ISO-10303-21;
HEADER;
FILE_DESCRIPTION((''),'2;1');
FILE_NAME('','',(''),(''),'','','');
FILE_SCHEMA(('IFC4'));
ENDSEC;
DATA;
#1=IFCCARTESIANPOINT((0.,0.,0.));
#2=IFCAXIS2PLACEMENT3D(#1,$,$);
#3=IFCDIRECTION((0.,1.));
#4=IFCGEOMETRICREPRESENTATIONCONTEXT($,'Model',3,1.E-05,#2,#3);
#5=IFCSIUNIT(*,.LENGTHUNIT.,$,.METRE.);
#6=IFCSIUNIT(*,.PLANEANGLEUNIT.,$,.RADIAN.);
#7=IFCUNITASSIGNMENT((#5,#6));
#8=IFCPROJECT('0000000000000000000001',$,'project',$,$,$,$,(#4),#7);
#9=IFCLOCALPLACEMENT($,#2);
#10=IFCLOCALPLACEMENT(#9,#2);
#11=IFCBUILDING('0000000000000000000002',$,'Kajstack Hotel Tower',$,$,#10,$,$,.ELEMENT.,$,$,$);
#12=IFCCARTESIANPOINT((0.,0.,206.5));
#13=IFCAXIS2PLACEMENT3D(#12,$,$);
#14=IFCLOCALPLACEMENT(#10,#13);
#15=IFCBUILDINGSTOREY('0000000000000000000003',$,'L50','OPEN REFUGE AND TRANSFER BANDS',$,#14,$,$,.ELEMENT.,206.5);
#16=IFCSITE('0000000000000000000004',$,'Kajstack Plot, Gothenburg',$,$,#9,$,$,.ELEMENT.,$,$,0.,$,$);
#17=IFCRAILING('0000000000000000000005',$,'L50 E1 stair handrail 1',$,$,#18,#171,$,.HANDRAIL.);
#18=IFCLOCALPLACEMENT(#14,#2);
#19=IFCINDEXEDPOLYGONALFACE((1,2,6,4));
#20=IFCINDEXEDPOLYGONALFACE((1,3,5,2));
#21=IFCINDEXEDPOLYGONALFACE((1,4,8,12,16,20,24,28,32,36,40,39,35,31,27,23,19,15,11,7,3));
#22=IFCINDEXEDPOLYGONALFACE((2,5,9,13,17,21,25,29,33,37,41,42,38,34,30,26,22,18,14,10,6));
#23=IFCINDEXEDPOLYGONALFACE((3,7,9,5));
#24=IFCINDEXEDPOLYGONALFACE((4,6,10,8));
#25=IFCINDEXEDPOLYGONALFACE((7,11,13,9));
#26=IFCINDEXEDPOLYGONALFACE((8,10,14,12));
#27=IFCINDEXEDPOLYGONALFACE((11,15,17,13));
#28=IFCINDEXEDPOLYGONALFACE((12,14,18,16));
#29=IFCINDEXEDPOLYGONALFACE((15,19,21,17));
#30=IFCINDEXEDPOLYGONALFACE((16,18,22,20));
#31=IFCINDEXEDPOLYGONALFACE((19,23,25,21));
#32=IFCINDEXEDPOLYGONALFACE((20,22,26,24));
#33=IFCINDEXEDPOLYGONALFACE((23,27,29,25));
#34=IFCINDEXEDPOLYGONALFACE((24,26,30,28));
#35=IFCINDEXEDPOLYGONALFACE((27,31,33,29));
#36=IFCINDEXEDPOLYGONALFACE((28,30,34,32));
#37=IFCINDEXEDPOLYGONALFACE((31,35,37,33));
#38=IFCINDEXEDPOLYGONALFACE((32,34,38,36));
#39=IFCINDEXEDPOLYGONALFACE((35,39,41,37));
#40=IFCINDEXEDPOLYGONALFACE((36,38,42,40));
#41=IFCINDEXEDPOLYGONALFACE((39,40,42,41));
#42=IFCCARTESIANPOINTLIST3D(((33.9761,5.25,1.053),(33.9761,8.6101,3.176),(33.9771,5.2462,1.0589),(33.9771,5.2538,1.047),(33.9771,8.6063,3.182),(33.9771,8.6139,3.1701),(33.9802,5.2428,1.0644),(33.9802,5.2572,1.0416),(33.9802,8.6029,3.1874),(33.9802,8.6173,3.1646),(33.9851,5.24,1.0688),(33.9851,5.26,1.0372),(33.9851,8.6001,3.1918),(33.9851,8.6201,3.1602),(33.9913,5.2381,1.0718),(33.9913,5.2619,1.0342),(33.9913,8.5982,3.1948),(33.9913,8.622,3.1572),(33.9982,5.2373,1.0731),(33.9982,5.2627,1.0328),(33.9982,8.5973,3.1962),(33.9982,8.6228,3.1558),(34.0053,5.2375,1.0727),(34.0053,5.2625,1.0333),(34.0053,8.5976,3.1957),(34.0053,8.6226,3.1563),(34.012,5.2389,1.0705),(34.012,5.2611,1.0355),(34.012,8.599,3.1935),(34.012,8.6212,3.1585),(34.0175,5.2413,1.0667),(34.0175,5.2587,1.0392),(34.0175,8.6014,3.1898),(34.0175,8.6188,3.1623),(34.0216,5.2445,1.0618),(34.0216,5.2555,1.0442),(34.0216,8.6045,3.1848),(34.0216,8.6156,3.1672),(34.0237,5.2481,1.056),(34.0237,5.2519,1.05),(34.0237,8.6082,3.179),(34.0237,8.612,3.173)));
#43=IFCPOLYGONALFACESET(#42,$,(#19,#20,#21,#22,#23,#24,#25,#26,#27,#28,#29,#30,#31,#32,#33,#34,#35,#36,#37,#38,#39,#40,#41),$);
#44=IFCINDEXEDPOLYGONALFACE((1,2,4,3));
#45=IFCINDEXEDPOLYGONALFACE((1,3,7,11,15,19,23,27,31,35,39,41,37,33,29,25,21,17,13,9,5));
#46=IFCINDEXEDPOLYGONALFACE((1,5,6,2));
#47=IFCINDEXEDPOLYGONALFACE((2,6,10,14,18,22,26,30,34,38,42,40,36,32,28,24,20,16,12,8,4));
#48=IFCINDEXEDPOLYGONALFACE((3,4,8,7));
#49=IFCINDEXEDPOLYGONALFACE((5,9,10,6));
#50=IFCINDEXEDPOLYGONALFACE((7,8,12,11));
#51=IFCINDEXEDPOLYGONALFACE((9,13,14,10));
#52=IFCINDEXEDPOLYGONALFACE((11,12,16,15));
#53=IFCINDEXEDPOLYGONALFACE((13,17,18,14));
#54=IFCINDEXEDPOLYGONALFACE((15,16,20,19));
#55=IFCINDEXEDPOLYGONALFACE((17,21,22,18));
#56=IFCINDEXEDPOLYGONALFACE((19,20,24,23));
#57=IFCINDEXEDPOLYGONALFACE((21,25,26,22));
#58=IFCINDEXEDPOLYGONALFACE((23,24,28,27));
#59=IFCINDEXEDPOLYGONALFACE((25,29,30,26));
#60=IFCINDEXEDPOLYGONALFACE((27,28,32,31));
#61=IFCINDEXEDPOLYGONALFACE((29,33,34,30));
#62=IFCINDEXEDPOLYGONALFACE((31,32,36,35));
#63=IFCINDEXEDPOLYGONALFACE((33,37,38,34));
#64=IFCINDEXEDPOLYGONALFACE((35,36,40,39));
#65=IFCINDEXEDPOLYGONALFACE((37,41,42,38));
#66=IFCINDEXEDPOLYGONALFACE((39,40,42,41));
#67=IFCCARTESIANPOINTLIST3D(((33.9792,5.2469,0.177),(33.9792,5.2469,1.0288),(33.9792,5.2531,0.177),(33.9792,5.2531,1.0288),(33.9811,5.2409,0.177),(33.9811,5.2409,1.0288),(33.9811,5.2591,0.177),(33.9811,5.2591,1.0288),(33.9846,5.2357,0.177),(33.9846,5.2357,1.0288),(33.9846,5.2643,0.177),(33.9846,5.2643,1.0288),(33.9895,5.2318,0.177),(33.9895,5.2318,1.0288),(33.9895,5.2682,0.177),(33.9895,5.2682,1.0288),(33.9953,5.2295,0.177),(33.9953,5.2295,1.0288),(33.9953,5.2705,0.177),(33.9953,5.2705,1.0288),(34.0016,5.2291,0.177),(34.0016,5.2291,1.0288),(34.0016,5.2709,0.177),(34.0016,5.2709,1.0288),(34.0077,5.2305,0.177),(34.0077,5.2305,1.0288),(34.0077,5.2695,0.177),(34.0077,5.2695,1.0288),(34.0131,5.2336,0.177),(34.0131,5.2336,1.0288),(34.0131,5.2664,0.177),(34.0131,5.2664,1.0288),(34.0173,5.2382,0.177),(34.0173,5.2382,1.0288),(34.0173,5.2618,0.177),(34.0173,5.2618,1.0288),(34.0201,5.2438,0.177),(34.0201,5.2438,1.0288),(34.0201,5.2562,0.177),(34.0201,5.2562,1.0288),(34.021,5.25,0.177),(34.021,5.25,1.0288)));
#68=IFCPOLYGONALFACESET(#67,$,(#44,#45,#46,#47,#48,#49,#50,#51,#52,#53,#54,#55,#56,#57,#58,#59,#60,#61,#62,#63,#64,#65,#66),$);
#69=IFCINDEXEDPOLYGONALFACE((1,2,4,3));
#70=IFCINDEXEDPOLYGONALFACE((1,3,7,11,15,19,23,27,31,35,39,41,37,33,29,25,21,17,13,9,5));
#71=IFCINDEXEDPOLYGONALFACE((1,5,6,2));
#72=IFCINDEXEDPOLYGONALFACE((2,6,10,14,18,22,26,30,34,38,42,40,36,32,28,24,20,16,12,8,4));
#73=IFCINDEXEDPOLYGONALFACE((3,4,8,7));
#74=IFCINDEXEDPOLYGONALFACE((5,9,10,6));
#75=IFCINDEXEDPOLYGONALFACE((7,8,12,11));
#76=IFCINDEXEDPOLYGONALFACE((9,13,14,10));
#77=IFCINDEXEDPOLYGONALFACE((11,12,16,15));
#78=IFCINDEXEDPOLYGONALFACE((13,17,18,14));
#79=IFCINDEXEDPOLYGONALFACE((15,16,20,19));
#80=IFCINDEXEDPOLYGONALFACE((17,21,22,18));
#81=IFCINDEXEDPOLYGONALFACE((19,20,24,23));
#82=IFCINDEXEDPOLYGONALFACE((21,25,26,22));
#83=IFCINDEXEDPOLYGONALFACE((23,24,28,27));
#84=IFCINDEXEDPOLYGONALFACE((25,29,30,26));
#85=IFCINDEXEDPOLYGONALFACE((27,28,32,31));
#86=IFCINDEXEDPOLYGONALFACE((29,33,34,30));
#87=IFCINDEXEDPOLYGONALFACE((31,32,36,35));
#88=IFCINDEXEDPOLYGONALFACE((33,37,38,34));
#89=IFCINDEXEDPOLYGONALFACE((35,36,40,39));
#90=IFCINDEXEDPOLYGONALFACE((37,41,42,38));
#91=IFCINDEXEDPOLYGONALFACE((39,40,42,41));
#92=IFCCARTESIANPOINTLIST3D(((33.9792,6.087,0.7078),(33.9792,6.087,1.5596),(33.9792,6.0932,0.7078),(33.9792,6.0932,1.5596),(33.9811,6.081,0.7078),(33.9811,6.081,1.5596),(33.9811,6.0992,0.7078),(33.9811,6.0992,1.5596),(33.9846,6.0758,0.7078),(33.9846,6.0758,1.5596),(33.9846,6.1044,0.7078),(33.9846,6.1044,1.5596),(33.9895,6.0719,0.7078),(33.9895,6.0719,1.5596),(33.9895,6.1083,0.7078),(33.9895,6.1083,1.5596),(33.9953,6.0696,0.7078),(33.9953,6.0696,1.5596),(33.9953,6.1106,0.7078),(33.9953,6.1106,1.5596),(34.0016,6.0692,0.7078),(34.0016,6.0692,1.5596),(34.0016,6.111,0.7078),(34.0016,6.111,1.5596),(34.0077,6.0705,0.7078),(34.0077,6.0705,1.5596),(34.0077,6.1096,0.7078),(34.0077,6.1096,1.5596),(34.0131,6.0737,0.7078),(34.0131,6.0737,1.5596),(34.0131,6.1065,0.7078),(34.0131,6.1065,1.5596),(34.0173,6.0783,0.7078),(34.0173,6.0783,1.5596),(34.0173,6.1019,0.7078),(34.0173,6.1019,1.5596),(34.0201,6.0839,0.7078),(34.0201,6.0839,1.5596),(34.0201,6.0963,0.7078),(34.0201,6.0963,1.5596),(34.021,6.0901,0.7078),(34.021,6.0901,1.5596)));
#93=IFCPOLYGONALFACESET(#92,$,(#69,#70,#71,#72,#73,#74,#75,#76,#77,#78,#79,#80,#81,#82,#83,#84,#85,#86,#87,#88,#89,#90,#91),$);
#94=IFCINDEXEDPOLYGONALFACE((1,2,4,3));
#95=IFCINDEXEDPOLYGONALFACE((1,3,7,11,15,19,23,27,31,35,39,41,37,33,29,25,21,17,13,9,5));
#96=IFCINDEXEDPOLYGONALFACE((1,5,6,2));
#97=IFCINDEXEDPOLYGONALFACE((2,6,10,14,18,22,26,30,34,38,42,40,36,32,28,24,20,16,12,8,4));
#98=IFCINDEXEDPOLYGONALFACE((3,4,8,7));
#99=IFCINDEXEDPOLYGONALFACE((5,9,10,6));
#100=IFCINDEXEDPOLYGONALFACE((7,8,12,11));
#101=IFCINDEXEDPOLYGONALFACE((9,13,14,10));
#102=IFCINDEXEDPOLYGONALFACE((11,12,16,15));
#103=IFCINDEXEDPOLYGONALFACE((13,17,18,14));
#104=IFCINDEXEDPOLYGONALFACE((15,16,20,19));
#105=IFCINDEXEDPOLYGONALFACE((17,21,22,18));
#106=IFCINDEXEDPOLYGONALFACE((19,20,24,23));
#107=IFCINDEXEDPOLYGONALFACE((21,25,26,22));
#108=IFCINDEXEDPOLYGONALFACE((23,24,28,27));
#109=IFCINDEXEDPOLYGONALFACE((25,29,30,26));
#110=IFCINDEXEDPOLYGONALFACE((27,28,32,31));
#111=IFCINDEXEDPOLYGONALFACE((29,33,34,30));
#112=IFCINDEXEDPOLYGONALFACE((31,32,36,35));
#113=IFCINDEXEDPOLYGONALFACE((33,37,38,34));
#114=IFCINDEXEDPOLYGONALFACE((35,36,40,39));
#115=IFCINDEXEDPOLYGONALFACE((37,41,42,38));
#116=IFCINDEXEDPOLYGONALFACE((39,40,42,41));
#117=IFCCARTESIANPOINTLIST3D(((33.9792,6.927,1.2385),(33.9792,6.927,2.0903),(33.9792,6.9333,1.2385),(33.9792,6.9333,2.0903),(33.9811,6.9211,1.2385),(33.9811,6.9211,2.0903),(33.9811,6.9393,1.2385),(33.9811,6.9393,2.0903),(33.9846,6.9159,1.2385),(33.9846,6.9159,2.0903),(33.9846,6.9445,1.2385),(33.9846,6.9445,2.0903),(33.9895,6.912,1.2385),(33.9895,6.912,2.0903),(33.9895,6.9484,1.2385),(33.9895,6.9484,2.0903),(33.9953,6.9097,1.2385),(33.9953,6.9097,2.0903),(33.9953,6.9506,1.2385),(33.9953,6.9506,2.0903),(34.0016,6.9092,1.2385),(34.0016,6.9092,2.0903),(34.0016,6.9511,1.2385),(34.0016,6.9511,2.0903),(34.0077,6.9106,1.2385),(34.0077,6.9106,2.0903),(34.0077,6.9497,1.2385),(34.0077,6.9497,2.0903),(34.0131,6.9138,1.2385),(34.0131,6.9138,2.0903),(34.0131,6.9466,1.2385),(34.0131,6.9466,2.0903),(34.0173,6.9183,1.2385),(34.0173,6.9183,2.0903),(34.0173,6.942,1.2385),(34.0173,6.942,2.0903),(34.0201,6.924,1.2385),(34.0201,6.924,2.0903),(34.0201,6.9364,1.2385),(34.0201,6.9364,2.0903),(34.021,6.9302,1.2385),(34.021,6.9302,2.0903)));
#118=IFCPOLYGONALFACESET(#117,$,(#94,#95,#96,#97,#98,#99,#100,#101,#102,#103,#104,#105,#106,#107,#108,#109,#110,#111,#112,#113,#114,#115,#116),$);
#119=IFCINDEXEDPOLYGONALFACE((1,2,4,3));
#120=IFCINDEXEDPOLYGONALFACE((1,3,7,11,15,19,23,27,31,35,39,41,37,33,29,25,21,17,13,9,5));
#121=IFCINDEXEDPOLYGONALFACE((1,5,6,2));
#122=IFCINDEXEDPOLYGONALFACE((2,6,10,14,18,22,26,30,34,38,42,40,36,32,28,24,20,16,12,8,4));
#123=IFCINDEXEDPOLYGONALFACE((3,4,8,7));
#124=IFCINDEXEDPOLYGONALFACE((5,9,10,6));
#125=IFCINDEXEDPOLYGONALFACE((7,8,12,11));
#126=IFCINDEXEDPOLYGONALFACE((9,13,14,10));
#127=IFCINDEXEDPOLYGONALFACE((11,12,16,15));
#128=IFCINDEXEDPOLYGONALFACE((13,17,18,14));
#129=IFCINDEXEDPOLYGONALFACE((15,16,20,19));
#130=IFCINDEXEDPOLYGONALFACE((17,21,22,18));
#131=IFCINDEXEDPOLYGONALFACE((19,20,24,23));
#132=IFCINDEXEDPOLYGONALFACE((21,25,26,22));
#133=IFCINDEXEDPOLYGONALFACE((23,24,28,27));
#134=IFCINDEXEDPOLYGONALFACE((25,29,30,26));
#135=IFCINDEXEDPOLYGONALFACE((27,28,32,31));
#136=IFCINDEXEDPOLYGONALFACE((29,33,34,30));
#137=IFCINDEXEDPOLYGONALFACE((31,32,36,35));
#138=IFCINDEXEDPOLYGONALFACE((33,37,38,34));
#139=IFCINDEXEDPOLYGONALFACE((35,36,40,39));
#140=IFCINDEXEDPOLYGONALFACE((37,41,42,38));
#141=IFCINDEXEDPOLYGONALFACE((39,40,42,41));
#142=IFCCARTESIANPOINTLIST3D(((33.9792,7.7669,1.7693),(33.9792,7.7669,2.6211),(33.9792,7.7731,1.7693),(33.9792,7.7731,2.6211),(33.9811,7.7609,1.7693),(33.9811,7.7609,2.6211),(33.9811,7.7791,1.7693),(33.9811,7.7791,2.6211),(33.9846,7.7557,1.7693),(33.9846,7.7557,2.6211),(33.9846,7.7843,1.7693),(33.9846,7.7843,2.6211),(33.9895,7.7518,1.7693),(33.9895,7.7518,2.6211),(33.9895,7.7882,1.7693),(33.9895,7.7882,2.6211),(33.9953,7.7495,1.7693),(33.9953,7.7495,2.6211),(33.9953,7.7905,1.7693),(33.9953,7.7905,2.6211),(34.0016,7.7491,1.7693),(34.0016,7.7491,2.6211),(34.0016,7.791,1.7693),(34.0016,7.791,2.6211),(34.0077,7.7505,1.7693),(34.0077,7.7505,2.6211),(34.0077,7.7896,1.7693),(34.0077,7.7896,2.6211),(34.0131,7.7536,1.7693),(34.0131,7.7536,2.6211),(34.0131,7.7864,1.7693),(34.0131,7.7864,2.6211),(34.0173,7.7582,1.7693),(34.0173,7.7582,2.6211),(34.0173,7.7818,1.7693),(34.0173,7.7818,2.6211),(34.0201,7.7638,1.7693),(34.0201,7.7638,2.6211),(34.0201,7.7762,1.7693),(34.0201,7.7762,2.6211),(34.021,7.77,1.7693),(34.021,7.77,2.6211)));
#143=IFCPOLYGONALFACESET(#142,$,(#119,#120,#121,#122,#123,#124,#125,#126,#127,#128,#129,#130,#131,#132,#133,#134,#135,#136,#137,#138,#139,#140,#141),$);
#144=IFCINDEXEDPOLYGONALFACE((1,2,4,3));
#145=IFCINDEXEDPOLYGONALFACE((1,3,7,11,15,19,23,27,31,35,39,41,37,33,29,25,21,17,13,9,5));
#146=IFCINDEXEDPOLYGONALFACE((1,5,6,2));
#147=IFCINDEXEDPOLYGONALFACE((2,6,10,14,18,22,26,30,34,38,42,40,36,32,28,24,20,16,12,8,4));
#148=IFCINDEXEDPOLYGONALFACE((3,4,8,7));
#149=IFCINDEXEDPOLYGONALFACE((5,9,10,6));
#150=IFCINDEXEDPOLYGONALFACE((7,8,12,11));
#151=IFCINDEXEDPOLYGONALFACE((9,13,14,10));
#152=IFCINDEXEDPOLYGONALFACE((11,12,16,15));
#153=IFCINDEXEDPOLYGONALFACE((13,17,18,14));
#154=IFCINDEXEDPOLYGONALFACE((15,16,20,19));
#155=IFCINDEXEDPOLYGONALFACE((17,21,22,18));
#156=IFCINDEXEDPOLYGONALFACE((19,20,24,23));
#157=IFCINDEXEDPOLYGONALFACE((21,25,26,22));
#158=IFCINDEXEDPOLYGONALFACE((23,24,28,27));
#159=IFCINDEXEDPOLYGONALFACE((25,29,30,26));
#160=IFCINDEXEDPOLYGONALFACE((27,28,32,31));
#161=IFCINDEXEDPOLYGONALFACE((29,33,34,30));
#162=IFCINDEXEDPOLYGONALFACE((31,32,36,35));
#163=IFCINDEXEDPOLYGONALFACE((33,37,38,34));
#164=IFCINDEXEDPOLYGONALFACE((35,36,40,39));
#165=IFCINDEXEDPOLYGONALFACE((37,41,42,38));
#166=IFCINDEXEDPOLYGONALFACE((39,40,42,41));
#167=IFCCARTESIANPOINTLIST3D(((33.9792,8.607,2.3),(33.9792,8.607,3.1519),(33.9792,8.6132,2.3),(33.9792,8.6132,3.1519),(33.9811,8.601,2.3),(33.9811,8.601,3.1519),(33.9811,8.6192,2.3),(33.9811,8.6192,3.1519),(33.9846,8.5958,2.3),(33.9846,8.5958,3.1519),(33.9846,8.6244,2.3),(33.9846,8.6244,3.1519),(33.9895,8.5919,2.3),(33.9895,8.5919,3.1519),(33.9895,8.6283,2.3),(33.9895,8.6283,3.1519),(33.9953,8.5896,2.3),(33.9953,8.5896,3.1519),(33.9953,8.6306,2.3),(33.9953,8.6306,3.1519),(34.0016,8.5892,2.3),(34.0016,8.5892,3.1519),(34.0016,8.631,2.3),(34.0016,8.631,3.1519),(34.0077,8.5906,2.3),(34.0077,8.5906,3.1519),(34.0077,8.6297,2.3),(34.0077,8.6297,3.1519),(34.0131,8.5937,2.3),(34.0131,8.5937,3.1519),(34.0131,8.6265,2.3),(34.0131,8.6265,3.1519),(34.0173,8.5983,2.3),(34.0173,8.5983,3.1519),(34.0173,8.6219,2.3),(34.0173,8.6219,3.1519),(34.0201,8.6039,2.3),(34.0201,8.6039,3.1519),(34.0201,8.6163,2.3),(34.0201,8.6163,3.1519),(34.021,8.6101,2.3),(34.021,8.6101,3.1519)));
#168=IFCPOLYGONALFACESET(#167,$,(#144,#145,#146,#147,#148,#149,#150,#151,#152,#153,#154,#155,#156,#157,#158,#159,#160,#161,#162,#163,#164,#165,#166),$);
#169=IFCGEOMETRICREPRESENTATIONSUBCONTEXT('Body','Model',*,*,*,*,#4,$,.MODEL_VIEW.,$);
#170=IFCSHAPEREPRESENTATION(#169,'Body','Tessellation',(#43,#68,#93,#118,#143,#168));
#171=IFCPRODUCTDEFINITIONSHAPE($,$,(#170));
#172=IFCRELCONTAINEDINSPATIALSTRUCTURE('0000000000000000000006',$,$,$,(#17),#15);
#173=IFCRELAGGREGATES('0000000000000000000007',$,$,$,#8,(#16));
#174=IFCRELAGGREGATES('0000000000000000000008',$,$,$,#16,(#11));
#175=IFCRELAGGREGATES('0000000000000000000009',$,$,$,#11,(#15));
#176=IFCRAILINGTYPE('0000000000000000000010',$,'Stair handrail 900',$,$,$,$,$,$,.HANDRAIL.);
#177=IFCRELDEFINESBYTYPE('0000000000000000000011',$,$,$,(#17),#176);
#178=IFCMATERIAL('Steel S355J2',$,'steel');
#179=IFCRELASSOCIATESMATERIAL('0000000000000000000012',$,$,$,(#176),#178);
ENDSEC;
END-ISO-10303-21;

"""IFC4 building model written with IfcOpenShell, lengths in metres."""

from ifc_helpers import new_model, si_unit, direction, frame, origin, origin_2d, place, context, subcontext, project, spatial, circle, extrude, material, type_object, element, save


model = new_model("IFC4")

# Units and contexts
model_context = context("Model", 3, precision=1e-05, world=origin(), true_north=direction((0.0, 1.0)))
body_context = subcontext(model_context, "Body", "Model", "MODEL_VIEW")
ifc_project = project(units=[si_unit("LENGTHUNIT", "METRE"), si_unit("PLANEANGLEUNIT", "RADIAN")], contexts=[model_context])

# Site, building, storey
site_placement = place(None, origin())
site = spatial("IfcSite", under=ifc_project, at=site_placement, Name="Kajstack Plot, Gothenburg", CompositionType="ELEMENT", RefElevation=0.0)
building_placement = place(site_placement, origin())
building = spatial("IfcBuilding", under=site, at=building_placement, Name="Kajstack Hotel Tower", CompositionType="ELEMENT")
storey_placement = place(building_placement, frame((0.0, 0.0, 206.5)))
storey = spatial("IfcBuildingStorey", under=building, at=storey_placement, Name="L50", Description="OPEN REFUGE AND TRANSFER BANDS", CompositionType="ELEMENT", Elevation=206.5)

# Railing
ifc_material_1 = material(Name="Steel S355J2", Category="steel")
railing_type_1 = type_object("IfcRailingType", Name="Stair handrail 900", PredefinedType="HANDRAIL", material=ifc_material_1)
railing_1_placement = place(storey_placement, frame((34.0, 5.25, 0.177)))
element("IfcRailing", 1, at=railing_1_placement, inside=storey, type_object=railing_type_1, Name="L50 E1 stair handrail 1", PredefinedType="HANDRAIL", context=body_context, shape_type="SweptSolid", body=[
    extrude(circle(Radius=0.0239, at=origin_2d()), frame((0.0, 0.0, 0.876), z_axis=(0.0, 0.84539, 0.53415), x_axis=(-1.0, 0.0, 0.0)), (0.0, 0.0, 1.0), 3.9746),
    extrude(circle(Radius=0.021, at=origin_2d()), origin(), (0.0, 0.0, 1.0), 0.8518),
    extrude(circle(Radius=0.021, at=origin_2d()), frame((0.0, 0.8401, 0.5308)), (0.0, 0.0, 1.0), 0.8518),
    extrude(circle(Radius=0.021, at=origin_2d()), frame((0.0, 1.6802, 1.0615)), (0.0, 0.0, 1.0), 0.8518),
    extrude(circle(Radius=0.021, at=origin_2d()), frame((0.0, 2.52, 1.5923)), (0.0, 0.0, 1.0), 0.8518),
    extrude(circle(Radius=0.021, at=origin_2d()), frame((0.0, 3.3601, 2.123)), (0.0, 0.0, 1.0), 0.8518),
])

save(model, "model.ifc")
